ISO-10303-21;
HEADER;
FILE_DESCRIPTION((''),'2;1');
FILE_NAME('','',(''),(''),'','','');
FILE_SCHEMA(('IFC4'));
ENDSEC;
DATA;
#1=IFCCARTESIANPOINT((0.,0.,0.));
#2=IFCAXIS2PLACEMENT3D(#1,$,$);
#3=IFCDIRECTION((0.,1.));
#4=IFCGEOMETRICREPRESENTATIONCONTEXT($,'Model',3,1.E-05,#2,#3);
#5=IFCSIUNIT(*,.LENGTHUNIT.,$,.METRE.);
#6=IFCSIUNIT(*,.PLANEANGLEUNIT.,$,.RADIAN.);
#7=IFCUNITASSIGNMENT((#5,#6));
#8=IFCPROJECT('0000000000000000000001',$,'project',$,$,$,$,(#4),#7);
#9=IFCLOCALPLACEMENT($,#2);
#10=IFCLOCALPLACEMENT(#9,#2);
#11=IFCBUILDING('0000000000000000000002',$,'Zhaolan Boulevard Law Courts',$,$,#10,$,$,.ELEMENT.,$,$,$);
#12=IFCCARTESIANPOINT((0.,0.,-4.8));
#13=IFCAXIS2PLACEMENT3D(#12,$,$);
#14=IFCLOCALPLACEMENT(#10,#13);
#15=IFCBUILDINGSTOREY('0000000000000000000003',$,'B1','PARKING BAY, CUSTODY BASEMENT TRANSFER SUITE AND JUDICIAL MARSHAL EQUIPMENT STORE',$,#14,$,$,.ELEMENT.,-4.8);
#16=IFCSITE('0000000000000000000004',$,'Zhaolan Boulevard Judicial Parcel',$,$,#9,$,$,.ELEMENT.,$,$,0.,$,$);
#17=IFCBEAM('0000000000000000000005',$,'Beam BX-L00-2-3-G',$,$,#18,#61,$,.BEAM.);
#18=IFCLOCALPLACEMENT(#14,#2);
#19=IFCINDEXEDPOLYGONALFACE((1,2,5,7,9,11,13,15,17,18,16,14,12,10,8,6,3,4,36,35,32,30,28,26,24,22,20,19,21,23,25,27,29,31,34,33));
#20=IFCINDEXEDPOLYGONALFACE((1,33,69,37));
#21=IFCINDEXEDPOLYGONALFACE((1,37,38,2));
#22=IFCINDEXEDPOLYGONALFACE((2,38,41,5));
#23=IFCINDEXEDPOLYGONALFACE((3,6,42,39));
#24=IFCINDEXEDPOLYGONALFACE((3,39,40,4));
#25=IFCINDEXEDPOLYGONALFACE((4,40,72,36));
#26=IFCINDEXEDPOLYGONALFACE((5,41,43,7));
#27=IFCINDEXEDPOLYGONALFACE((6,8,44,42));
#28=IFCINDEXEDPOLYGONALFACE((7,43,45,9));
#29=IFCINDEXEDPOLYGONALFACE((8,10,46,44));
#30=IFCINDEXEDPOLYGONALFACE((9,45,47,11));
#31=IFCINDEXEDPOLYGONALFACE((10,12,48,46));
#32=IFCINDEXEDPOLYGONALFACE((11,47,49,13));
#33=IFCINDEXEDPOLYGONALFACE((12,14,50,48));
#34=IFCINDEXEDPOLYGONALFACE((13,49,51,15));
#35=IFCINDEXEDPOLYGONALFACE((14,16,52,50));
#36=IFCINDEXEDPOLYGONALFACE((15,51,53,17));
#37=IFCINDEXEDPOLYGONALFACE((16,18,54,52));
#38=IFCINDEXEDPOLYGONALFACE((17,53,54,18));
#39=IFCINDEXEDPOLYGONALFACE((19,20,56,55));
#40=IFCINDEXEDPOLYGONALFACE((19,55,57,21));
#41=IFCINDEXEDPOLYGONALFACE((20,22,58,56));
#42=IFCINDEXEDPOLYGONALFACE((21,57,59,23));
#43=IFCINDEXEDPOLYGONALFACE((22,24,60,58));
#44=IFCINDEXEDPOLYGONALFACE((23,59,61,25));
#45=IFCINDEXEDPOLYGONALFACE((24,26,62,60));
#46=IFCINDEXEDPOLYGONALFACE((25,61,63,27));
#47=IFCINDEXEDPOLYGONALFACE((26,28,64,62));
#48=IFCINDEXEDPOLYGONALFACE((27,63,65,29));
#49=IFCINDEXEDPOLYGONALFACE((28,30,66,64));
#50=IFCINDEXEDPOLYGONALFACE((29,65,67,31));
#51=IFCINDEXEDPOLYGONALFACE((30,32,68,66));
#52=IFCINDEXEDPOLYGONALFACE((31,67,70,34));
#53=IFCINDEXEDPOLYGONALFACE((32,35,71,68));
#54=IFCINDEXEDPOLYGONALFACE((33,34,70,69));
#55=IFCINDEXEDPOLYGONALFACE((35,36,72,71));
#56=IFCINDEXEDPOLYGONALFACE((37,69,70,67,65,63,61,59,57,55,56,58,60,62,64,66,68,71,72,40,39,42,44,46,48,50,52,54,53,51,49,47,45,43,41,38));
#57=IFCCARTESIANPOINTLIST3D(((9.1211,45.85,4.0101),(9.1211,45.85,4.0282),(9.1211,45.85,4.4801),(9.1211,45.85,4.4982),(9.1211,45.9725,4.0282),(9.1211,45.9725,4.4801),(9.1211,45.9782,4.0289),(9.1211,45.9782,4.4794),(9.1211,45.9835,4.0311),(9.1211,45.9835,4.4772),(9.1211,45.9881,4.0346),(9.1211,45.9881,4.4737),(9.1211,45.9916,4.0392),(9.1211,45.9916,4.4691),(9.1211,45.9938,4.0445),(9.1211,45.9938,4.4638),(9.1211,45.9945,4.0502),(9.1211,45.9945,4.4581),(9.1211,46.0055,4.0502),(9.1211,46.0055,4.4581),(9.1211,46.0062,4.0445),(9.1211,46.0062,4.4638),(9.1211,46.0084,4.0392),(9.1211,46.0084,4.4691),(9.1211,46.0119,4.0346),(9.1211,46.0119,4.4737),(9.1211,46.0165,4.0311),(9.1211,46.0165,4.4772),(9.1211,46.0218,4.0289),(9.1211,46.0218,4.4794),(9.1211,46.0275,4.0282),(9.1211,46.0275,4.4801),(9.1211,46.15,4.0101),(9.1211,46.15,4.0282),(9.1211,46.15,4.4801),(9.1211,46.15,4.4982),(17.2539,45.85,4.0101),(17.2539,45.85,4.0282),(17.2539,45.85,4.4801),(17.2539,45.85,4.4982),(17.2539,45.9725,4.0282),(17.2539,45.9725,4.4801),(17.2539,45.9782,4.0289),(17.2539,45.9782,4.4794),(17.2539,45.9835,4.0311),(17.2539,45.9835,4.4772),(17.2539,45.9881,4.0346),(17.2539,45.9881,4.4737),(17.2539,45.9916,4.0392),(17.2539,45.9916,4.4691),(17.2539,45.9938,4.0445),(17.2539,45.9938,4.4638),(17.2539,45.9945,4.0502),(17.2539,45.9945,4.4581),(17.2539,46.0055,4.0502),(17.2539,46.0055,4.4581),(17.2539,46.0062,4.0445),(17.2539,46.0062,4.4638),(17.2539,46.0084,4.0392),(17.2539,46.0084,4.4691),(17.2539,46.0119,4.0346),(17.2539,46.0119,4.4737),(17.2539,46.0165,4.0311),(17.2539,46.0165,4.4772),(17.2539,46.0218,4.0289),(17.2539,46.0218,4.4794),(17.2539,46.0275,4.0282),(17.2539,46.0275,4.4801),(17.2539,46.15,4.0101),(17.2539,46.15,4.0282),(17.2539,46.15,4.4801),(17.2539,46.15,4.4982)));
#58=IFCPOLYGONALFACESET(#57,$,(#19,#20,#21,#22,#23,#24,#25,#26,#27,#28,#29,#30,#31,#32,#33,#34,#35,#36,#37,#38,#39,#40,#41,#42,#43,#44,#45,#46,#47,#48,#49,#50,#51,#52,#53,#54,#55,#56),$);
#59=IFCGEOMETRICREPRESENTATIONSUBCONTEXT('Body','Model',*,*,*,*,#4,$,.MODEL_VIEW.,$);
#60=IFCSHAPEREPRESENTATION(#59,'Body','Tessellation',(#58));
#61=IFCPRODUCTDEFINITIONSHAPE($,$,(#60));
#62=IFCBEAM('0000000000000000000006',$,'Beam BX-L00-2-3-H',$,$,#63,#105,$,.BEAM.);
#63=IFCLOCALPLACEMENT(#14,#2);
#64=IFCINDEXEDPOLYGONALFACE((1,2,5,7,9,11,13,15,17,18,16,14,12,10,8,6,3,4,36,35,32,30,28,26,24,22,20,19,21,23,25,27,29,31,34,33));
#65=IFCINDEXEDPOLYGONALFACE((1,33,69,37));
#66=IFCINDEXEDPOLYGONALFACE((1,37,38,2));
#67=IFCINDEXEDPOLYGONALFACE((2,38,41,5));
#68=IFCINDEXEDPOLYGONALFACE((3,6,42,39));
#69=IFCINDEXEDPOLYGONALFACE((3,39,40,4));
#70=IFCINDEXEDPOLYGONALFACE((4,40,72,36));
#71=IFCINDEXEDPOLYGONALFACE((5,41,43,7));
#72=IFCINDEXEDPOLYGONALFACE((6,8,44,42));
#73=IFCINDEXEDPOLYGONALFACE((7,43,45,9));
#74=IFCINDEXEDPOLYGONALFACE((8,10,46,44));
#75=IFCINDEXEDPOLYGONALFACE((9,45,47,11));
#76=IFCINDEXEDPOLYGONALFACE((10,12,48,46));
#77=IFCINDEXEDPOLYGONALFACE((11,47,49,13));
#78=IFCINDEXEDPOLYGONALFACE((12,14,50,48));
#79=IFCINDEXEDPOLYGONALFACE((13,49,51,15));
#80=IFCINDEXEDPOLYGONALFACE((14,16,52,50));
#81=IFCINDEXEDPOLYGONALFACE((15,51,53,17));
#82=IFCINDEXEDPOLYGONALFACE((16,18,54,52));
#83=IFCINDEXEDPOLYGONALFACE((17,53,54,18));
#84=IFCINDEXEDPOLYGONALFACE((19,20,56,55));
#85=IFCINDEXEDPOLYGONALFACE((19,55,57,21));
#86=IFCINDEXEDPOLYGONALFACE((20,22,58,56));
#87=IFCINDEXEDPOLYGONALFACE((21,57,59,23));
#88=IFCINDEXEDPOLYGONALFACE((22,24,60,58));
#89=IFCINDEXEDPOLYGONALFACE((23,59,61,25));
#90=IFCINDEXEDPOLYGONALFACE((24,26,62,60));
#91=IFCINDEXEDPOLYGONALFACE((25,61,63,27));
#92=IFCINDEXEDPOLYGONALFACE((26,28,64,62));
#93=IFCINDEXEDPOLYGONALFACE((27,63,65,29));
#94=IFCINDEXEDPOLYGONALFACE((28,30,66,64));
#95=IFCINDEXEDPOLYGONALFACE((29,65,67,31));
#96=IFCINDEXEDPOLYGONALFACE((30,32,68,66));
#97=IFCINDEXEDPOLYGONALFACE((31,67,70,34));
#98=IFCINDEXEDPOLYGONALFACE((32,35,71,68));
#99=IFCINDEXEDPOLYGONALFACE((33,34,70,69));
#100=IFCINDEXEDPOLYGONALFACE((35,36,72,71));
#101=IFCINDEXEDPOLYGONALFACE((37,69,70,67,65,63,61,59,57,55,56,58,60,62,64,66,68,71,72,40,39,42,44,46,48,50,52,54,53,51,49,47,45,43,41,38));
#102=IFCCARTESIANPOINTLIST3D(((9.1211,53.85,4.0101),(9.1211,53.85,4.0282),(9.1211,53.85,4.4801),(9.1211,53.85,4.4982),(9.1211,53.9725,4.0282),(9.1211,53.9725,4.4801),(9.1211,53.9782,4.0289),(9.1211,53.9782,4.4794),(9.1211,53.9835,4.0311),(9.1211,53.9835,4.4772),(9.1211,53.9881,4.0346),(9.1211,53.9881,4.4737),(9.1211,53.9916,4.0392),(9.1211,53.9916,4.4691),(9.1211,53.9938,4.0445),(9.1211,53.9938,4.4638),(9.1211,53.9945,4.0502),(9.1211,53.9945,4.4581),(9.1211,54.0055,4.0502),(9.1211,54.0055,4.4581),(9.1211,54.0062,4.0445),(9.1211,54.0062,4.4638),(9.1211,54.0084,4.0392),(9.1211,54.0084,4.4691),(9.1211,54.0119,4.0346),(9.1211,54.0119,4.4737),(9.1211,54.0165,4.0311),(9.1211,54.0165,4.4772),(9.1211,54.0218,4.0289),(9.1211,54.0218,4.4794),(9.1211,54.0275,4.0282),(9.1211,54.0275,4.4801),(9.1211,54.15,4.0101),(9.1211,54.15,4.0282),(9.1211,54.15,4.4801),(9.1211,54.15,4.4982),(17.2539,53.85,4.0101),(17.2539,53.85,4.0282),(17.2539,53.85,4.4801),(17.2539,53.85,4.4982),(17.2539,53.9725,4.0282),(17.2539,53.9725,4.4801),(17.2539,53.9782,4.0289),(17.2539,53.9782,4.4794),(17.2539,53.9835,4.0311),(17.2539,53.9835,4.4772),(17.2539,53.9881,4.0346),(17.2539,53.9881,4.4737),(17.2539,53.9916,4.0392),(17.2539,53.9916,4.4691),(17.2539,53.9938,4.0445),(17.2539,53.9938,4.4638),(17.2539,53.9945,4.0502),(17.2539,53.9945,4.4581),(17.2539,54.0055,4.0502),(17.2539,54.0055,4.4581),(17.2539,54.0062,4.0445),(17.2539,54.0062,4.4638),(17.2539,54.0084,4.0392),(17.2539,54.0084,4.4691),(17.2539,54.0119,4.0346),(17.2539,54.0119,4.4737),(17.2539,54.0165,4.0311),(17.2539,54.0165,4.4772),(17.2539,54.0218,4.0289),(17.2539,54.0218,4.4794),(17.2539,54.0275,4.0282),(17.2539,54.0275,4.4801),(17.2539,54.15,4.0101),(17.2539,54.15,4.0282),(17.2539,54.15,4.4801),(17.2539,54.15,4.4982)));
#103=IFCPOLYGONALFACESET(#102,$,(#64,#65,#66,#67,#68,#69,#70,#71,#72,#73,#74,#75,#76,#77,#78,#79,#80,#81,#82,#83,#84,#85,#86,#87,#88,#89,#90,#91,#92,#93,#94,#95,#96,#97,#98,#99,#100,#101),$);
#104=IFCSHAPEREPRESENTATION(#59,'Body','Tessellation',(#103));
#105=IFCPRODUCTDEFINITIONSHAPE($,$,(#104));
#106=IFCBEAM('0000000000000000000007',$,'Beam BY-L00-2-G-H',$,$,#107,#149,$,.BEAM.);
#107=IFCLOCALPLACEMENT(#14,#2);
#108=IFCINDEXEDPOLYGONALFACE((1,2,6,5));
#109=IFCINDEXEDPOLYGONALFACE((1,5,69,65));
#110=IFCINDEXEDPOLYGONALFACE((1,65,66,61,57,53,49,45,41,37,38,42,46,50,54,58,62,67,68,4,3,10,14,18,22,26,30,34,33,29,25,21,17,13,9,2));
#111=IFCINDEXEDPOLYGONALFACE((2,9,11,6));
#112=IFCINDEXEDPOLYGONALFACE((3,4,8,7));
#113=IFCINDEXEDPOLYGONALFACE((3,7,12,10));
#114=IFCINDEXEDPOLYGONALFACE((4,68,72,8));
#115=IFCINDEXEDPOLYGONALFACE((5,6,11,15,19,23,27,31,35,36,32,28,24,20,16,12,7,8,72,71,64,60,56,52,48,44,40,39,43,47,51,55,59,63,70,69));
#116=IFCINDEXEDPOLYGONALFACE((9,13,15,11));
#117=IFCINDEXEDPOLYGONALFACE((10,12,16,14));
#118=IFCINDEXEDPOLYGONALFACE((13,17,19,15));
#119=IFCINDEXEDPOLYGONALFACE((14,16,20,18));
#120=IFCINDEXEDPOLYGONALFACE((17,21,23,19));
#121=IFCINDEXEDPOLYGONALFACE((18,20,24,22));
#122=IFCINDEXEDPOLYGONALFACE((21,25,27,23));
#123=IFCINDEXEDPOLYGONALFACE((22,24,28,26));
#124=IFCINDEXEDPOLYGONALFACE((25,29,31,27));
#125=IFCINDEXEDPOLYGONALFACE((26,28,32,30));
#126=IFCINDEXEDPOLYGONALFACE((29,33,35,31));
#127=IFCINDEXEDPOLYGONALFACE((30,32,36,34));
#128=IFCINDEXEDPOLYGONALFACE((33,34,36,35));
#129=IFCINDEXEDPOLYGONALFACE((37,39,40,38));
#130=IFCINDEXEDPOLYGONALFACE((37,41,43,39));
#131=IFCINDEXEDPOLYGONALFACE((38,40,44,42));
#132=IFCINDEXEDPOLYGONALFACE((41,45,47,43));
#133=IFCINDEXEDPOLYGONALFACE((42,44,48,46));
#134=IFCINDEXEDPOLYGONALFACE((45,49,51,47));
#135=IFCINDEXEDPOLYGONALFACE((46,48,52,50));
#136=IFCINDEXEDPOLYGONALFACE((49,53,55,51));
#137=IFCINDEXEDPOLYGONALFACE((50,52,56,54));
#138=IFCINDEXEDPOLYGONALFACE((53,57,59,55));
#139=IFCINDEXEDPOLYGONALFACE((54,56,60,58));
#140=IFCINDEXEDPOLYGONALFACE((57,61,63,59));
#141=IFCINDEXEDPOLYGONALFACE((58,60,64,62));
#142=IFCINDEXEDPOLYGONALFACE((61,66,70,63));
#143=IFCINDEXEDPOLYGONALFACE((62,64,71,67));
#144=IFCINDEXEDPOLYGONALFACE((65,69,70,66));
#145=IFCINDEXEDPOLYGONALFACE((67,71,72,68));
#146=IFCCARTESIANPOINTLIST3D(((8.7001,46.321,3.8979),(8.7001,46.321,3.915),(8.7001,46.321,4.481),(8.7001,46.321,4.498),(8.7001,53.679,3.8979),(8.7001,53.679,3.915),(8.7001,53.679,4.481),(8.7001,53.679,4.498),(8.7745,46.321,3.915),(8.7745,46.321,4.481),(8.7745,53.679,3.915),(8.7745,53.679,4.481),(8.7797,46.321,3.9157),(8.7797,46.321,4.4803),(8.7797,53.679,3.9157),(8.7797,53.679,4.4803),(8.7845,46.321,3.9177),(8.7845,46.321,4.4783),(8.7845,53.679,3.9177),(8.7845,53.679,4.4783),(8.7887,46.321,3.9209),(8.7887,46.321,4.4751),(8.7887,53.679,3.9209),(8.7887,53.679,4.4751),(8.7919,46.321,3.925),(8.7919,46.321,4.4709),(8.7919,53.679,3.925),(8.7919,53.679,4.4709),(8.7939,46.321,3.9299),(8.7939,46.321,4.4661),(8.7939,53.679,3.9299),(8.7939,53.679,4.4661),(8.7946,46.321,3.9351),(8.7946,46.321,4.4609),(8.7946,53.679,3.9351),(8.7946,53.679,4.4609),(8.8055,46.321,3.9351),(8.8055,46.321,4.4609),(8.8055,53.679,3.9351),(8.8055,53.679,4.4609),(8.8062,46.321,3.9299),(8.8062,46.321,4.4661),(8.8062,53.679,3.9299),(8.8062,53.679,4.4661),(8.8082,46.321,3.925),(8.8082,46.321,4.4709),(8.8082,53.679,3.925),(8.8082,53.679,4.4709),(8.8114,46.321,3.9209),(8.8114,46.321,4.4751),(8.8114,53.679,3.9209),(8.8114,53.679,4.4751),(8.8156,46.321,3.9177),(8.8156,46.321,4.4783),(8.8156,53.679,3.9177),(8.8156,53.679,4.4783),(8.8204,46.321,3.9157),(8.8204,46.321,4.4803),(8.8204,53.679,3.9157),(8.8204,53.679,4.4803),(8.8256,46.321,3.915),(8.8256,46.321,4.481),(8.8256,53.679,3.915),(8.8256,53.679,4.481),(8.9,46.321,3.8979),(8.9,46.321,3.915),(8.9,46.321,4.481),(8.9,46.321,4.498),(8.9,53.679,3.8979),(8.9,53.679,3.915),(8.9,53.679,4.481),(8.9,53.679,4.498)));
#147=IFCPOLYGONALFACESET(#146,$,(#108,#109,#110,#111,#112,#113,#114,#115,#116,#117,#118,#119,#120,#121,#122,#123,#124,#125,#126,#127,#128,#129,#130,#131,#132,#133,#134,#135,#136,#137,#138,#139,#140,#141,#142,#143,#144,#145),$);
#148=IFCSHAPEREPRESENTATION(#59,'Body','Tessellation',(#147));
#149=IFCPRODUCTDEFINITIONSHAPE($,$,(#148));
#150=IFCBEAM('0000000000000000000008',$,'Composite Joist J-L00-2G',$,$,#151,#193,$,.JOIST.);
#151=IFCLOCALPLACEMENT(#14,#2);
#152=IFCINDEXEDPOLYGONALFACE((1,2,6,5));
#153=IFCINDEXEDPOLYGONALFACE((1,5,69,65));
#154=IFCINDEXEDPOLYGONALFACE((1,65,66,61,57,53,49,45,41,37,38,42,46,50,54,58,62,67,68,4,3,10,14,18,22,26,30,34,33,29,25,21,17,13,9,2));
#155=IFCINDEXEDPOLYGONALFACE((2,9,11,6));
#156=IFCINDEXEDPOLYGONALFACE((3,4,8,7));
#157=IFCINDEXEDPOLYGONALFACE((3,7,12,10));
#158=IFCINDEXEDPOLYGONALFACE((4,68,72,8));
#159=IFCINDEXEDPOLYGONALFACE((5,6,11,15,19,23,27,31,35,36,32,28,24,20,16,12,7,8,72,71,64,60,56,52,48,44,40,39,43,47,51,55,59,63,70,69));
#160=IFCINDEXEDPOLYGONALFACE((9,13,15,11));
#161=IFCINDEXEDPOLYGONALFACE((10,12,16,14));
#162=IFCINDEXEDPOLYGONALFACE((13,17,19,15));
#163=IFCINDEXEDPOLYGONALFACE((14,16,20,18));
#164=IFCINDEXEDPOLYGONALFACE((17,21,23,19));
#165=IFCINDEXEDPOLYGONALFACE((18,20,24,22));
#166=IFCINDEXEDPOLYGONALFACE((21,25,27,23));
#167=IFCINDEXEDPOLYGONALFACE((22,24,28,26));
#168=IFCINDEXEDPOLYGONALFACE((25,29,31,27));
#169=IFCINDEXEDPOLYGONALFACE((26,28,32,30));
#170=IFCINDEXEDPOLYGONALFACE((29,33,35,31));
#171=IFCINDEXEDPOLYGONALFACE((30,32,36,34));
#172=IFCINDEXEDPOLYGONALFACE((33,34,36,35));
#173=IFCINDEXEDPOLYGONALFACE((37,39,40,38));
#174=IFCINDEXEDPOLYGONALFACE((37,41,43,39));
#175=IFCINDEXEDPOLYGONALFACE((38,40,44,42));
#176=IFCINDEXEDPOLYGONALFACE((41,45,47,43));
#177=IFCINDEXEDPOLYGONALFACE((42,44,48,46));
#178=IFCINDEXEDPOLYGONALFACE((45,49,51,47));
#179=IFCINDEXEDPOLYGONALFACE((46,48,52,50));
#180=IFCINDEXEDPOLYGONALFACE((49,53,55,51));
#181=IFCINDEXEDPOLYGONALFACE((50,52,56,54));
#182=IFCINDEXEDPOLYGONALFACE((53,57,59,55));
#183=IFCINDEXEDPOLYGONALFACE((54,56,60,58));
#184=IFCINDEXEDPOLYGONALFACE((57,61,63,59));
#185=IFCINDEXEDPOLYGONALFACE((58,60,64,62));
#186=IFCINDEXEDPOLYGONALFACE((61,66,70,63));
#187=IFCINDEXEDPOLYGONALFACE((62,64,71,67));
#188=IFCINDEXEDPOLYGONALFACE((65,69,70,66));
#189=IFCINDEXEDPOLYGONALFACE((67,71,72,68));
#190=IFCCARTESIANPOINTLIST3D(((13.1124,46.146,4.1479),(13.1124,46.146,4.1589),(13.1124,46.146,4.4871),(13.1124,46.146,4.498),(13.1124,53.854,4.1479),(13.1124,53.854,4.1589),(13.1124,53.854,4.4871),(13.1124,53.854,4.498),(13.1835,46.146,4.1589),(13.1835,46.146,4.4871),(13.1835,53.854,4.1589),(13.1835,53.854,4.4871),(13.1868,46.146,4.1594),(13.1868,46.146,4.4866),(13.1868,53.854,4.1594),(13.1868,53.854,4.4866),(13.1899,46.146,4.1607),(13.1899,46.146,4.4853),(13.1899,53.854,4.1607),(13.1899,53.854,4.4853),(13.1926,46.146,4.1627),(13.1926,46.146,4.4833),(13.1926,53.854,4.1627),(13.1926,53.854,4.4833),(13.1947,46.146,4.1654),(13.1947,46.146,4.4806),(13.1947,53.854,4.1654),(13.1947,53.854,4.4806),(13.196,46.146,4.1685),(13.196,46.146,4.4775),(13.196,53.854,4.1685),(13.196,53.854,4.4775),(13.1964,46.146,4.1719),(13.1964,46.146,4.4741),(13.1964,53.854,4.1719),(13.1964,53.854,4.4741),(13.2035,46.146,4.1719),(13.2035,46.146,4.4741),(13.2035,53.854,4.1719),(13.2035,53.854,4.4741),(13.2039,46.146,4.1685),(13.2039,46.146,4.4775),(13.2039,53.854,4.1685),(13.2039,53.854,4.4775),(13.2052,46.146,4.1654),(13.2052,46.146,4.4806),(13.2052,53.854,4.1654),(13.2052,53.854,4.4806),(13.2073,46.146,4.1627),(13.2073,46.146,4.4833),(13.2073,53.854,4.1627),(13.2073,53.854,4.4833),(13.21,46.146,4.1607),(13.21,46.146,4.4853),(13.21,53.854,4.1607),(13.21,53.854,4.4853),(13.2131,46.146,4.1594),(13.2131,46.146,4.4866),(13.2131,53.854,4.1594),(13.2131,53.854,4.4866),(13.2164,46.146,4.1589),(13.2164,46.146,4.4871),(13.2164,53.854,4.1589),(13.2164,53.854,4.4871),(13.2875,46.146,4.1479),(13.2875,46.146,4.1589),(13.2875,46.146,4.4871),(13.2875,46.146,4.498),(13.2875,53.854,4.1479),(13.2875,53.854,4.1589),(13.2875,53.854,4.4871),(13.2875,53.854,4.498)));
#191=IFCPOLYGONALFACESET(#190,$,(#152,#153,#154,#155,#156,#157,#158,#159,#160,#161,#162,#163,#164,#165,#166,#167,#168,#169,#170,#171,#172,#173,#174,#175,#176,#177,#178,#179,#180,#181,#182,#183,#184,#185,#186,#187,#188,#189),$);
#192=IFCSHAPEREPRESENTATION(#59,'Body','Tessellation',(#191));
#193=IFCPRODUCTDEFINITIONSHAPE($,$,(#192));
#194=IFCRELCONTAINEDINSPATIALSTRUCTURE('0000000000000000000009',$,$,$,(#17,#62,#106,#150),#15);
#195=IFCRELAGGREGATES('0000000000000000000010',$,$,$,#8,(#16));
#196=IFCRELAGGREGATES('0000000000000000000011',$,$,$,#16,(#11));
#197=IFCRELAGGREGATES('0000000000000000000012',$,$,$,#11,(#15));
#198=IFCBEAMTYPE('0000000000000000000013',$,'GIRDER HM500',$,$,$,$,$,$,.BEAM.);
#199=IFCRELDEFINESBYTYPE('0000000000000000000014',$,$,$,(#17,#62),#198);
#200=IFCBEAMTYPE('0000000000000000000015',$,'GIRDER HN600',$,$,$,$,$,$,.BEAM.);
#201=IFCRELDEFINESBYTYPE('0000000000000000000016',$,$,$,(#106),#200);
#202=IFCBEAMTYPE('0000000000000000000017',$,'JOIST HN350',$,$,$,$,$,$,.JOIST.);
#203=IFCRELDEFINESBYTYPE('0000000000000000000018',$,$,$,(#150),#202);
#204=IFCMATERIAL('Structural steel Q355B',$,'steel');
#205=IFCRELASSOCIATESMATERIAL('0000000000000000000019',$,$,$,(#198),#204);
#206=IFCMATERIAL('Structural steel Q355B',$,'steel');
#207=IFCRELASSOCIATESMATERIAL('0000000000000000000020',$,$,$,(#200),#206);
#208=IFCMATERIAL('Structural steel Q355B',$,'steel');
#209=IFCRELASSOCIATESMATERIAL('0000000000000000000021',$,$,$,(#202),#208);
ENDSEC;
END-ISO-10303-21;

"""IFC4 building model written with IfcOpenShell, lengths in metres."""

from ifc_helpers import new_model, si_unit, direction, frame, origin, origin_2d, place, context, subcontext, project, spatial, i_section, extrude, material, material_profile, profile_set, type_object, element, save


model = new_model("IFC4")

# Units and contexts
model_context = context("Model", 3, precision=1e-05, world=origin(), true_north=direction((0.0, 1.0)))
body_context = subcontext(model_context, "Body", "Model", "MODEL_VIEW")
ifc_project = project(units=[si_unit("LENGTHUNIT", "METRE"), si_unit("PLANEANGLEUNIT", "RADIAN")], contexts=[model_context])

# Site, building, storey
site_placement = place(None, origin())
site = spatial("IfcSite", under=ifc_project, at=site_placement, Name="Zhaolan Boulevard Judicial Parcel", CompositionType="ELEMENT", RefElevation=0.0)
building_placement = place(site_placement, origin())
building = spatial("IfcBuilding", under=site, at=building_placement, Name="Zhaolan Boulevard Law Courts", CompositionType="ELEMENT")
storey_placement = place(building_placement, frame((0.0, 0.0, -4.8)))
storey = spatial("IfcBuildingStorey", under=building, at=storey_placement, Name="B1", Description="PARKING BAY, CUSTODY BASEMENT TRANSFER SUITE AND JUDICIAL MARSHAL EQUIPMENT STORE", CompositionType="ELEMENT", Elevation=-4.8)

# Beams
ifc_material_1 = material(Name="Structural steel Q355B", Category="steel")
ifc_material_profile_1 = material_profile(ifc_material_1, i_section(OverallWidth=0.3, OverallDepth=0.488, WebThickness=0.011, FlangeThickness=0.0181, FilletRadius=0.022, at=origin_2d()), Name="HM488x300")
ifc_profile_set_1 = profile_set([ifc_material_profile_1], Name="Structural steel Q355B")
beam_type_1 = type_object("IfcBeamType", Name="GIRDER HM500", PredefinedType="BEAM", material=ifc_profile_set_1)
for number, where, z_axis, x_axis, name in (
    (1, (9.1211, 46.0, 4.2542), (1.0, 0.0, 0.0), (0.0, 1.0, 0.0), "Beam BX-L00-2-3-G"),
    (2, (9.1211, 54.0, 4.2542), (1.0, 0.0, 0.0), (0.0, 1.0, 0.0), "Beam BX-L00-2-3-H"),
):
    element("IfcBeam", number, at=place(storey_placement, frame(where, z_axis=z_axis, x_axis=x_axis)), inside=storey, type_object=beam_type_1, Name=name, PredefinedType="BEAM", context=body_context, shape_type="SweptSolid", body=[
        extrude(i_section(OverallWidth=0.3, OverallDepth=0.488, WebThickness=0.011, FlangeThickness=0.0181, FilletRadius=0.022, at=origin_2d()), origin(), (0.0, 0.0, 1.0), 8.1328),
    ])
ifc_material_2 = material(Name="Structural steel Q355B", Category="steel")
ifc_material_profile_2 = material_profile(ifc_material_2, i_section(OverallWidth=0.2, OverallDepth=0.6001, WebThickness=0.011, FlangeThickness=0.0171, FilletRadius=0.02, at=origin_2d()), Name="HN600x200")
ifc_profile_set_2 = profile_set([ifc_material_profile_2], Name="Structural steel Q355B")
beam_type_2 = type_object("IfcBeamType", Name="GIRDER HN600", PredefinedType="BEAM", material=ifc_profile_set_2)
beam_1_placement = place(storey_placement, frame((8.8, 46.321, 4.198), z_axis=(0.0, 1.0, 0.0), x_axis=(-1.0, 0.0, 0.0)))
element("IfcBeam", 3, at=beam_1_placement, inside=storey, type_object=beam_type_2, Name="Beam BY-L00-2-G-H", PredefinedType="BEAM", context=body_context, shape_type="SweptSolid", body=[
    extrude(i_section(OverallWidth=0.2, OverallDepth=0.6001, WebThickness=0.011, FlangeThickness=0.0171, FilletRadius=0.02, at=origin_2d()), origin(), (0.0, 0.0, 1.0), 7.3579),
])
ifc_material_3 = material(Name="Structural steel Q355B", Category="steel")
ifc_material_profile_3 = material_profile(ifc_material_3, i_section(OverallWidth=0.175, OverallDepth=0.3501, WebThickness=0.0071, FlangeThickness=0.011, FilletRadius=0.0129, at=origin_2d()), Name="HN350x175")
ifc_profile_set_3 = profile_set([ifc_material_profile_3], Name="Structural steel Q355B")
beam_type_3 = type_object("IfcBeamType", Name="JOIST HN350", PredefinedType="JOIST", material=ifc_profile_set_3)
beam_2_placement = place(storey_placement, frame((13.2, 46.146, 4.323), z_axis=(0.0, 1.0, 0.0), x_axis=(-1.0, 0.0, 0.0)))
element("IfcBeam", 4, at=beam_2_placement, inside=storey, type_object=beam_type_3, Name="Composite Joist J-L00-2G", PredefinedType="JOIST", context=body_context, shape_type="SweptSolid", body=[
    extrude(i_section(OverallWidth=0.175, OverallDepth=0.3501, WebThickness=0.0071, FlangeThickness=0.011, FilletRadius=0.0129, at=origin_2d()), origin(), (0.0, 0.0, 1.0), 7.708),
])

save(model, "model.ifc")
